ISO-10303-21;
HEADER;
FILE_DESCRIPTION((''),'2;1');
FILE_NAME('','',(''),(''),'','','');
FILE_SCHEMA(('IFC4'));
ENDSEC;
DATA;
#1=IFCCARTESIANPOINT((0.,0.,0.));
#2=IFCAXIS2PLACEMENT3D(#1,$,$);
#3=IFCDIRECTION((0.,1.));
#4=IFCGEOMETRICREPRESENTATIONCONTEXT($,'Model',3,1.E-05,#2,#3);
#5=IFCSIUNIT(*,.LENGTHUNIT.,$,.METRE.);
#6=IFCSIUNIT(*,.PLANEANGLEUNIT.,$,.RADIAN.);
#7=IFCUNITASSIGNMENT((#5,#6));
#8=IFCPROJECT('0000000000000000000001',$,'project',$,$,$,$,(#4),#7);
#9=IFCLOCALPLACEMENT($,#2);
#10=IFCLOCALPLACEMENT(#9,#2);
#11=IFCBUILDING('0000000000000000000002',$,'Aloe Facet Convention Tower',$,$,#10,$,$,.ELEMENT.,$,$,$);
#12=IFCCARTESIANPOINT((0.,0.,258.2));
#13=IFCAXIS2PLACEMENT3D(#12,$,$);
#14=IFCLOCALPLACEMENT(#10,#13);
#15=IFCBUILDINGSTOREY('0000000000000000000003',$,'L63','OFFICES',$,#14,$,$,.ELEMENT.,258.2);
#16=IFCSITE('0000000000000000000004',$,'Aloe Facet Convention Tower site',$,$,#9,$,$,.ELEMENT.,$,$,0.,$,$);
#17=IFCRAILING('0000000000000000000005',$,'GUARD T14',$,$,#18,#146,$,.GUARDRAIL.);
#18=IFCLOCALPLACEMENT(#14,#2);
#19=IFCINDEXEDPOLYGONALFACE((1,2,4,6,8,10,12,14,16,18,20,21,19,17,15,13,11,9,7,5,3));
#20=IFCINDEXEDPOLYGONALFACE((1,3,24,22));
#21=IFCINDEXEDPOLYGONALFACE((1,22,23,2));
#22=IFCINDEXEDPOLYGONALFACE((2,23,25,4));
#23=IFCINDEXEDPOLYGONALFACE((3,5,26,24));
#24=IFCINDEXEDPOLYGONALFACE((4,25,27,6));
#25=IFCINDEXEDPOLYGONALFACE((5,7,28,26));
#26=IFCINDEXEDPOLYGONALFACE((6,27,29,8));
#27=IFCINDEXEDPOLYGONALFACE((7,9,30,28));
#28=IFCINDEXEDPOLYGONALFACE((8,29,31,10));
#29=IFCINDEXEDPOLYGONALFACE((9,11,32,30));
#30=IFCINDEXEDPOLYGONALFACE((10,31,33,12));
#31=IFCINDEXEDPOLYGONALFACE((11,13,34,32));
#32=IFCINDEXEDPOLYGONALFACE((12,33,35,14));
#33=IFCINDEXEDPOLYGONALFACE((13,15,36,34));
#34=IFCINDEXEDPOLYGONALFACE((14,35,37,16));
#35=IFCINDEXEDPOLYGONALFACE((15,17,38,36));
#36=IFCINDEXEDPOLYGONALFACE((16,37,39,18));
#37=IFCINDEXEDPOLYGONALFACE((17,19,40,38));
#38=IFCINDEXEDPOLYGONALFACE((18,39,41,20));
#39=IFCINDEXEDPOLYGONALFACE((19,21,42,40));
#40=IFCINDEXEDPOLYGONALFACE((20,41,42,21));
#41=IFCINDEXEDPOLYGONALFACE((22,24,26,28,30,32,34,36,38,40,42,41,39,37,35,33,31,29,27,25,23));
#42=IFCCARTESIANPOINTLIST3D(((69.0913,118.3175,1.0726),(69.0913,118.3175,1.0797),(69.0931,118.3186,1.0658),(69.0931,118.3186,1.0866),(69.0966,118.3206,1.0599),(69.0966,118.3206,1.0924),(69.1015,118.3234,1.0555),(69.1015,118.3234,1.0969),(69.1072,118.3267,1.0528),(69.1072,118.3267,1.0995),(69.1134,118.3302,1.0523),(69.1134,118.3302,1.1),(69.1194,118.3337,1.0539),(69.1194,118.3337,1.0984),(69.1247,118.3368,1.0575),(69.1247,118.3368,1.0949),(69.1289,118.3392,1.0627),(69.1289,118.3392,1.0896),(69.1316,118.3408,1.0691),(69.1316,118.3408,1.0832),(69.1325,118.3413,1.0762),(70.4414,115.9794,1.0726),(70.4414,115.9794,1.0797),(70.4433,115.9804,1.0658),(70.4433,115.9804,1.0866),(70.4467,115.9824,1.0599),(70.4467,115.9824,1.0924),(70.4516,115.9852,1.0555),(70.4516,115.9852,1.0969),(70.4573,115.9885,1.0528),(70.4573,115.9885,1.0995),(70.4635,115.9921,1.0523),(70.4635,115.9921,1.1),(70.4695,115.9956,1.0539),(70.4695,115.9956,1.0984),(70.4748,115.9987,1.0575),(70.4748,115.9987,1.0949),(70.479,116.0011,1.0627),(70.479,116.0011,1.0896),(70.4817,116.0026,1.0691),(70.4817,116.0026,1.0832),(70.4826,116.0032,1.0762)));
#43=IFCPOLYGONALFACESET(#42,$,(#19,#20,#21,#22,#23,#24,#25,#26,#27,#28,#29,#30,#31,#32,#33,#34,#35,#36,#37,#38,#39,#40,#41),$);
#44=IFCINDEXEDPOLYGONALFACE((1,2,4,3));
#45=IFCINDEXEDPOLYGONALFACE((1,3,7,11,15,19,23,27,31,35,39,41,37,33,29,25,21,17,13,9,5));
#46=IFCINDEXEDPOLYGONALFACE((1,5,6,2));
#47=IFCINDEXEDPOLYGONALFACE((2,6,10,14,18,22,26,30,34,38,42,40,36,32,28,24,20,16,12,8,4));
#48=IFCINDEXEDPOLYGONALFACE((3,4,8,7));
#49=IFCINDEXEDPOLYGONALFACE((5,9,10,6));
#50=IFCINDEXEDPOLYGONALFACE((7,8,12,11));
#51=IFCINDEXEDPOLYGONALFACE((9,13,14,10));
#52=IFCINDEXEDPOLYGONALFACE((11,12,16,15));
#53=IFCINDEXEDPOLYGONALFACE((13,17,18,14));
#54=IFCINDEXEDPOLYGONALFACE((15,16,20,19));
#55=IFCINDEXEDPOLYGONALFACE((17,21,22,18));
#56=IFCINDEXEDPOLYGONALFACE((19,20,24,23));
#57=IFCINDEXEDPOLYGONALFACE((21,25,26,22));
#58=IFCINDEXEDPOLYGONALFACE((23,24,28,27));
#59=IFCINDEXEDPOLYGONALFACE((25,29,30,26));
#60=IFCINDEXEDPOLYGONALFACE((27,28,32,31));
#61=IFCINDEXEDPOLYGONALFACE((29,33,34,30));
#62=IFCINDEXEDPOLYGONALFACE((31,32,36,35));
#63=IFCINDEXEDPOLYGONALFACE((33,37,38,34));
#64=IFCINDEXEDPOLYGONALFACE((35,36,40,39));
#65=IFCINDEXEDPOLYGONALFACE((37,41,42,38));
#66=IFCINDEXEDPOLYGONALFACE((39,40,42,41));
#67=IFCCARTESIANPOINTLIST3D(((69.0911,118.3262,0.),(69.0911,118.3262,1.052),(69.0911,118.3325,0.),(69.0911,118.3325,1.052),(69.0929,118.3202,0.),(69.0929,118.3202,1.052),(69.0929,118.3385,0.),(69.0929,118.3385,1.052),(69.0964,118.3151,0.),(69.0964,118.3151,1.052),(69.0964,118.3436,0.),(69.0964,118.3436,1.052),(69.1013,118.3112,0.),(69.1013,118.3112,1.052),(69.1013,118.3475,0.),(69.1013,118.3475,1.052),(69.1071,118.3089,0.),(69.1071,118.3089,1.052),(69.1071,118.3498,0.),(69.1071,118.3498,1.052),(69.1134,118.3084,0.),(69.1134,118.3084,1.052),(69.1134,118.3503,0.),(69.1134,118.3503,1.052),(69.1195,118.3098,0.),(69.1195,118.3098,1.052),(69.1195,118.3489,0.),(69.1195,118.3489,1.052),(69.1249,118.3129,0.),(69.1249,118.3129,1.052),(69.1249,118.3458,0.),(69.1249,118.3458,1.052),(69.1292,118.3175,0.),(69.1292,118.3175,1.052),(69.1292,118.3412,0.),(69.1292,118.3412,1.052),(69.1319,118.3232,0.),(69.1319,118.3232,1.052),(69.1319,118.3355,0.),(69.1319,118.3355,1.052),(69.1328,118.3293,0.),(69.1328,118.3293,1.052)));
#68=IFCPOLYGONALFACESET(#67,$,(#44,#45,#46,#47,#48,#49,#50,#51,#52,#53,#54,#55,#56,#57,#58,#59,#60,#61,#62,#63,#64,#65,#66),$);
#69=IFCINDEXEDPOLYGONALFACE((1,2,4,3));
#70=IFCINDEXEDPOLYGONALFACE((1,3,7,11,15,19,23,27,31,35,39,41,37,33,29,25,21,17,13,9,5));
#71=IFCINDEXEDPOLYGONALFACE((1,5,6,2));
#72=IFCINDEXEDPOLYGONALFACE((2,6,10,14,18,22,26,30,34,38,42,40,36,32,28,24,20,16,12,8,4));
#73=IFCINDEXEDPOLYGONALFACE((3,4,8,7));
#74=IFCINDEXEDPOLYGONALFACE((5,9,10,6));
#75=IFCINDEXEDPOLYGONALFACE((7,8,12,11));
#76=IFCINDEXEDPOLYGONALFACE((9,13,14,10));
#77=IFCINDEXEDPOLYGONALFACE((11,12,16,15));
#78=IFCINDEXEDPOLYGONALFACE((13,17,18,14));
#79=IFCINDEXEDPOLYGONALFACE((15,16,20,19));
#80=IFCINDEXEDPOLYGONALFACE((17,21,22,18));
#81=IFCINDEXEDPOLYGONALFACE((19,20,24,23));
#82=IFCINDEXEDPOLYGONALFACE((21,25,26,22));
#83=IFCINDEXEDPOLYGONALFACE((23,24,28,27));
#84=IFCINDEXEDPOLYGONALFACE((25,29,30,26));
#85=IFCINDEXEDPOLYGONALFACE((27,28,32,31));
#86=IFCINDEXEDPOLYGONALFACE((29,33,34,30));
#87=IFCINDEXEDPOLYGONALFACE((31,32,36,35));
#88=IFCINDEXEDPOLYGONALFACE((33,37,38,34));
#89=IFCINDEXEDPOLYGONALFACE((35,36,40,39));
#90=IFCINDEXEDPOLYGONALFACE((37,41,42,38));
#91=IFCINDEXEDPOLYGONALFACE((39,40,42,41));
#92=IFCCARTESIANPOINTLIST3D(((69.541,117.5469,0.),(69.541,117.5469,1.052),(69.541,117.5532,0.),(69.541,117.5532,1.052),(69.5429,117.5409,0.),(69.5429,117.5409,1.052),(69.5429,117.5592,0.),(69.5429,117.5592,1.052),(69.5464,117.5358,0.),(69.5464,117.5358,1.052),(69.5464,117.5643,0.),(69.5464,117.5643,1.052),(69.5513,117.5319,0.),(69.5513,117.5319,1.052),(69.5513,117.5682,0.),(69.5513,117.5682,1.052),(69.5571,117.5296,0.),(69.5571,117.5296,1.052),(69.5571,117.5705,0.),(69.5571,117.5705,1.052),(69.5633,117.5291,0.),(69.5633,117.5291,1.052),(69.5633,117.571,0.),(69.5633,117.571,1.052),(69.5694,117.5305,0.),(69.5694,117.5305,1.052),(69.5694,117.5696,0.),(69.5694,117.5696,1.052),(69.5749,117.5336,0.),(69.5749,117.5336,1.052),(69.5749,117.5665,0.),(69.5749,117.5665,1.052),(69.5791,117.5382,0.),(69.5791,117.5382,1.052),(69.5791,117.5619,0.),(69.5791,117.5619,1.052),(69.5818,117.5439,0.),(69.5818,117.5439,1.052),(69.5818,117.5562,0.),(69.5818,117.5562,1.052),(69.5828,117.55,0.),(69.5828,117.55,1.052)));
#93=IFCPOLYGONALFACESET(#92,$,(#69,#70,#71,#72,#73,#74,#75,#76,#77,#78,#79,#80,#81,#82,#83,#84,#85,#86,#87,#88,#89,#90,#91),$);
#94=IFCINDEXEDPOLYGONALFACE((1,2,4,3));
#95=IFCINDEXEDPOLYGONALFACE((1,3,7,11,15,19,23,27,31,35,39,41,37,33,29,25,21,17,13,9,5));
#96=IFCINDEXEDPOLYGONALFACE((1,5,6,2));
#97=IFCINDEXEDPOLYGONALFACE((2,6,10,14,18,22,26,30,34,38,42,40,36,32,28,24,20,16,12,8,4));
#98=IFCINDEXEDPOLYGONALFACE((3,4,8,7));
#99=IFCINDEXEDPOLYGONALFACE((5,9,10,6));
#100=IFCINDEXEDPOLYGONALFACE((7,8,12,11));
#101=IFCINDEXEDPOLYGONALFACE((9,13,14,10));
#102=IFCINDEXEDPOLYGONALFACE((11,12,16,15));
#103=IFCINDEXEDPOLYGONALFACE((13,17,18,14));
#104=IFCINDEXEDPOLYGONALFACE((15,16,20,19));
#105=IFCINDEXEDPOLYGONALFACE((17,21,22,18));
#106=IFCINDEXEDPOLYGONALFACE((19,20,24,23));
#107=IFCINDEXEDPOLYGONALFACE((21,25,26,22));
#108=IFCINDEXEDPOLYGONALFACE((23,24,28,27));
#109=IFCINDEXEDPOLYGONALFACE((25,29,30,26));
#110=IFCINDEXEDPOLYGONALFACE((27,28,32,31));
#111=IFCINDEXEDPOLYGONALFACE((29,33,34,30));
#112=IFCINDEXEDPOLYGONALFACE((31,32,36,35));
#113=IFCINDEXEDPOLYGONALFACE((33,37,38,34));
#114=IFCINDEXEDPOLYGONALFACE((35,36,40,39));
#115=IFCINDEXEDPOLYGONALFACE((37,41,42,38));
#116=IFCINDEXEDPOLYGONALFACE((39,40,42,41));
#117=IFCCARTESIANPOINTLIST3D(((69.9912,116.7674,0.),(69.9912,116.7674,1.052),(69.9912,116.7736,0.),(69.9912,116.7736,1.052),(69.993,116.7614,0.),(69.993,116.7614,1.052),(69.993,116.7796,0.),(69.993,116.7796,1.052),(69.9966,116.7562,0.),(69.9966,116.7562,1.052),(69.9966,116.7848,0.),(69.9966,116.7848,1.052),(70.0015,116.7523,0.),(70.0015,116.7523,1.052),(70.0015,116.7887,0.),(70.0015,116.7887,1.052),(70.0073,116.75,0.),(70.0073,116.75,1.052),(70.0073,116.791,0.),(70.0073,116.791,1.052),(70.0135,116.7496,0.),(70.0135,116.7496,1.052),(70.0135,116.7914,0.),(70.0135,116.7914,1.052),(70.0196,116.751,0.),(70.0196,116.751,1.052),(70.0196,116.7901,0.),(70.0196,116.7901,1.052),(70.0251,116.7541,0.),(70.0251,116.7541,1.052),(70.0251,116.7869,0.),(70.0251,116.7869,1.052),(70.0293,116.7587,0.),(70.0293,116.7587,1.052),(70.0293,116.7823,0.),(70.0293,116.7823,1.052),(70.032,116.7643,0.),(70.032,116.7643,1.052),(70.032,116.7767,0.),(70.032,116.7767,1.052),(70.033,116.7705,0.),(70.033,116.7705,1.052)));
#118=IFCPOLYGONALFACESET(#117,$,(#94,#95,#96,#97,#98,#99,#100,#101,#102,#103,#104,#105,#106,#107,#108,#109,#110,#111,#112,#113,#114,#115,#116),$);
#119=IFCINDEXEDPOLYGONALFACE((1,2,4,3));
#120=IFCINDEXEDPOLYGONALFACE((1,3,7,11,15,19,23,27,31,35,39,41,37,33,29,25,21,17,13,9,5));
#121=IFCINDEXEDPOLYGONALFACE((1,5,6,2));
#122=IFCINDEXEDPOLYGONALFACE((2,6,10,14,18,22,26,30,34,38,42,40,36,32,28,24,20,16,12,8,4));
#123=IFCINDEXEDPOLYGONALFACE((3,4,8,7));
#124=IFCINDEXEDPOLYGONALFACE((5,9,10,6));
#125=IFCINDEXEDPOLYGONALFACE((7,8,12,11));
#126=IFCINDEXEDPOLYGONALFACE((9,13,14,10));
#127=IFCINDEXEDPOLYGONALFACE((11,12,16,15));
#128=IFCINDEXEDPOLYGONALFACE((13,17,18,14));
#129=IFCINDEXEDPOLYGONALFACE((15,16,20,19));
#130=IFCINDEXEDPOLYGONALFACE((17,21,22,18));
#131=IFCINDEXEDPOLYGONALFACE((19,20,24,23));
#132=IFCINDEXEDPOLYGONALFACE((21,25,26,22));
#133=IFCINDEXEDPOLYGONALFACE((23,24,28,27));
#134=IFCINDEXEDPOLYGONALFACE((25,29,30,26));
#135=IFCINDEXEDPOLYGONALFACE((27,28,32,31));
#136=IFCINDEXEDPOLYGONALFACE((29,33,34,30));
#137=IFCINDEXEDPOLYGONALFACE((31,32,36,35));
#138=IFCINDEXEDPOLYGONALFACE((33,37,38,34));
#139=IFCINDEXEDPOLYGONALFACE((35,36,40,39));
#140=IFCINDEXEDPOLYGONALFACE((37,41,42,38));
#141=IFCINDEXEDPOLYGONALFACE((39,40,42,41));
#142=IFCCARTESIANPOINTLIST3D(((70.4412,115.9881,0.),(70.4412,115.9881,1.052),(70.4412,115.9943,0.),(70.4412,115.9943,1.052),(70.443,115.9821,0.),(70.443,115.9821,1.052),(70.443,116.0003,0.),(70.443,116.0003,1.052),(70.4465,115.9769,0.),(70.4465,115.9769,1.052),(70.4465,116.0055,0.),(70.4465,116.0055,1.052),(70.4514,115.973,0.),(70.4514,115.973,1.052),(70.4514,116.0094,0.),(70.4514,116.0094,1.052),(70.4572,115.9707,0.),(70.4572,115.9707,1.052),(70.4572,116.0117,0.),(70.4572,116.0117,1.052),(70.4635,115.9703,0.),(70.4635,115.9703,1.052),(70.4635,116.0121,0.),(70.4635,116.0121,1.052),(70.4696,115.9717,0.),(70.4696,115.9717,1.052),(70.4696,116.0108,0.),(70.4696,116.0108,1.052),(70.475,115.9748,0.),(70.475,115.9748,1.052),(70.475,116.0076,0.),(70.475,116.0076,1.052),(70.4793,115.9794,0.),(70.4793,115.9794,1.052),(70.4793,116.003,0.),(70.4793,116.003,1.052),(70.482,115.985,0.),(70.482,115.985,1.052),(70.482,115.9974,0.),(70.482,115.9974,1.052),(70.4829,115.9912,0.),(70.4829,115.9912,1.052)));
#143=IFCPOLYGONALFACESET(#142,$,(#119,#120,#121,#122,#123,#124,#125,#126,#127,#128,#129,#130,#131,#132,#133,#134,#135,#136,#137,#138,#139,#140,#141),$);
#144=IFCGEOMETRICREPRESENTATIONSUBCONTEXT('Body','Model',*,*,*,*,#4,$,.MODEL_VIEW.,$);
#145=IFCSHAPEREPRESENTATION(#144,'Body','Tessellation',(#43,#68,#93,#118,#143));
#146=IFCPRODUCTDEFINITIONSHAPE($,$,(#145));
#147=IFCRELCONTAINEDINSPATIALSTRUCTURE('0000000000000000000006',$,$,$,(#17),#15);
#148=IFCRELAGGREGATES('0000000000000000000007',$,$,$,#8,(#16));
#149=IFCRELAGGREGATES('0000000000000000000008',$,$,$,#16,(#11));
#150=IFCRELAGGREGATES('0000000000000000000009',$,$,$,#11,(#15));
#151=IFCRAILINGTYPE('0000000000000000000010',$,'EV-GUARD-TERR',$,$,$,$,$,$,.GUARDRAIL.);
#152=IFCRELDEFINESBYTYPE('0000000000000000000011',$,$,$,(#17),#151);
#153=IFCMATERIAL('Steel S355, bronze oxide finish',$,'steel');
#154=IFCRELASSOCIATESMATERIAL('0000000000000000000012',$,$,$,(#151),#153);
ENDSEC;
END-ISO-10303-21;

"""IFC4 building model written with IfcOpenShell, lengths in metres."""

from ifc_helpers import new_model, si_unit, direction, frame, origin, origin_2d, place, context, subcontext, project, spatial, circle, extrude, material, type_object, element, save


model = new_model("IFC4")

# Units and contexts
model_context = context("Model", 3, precision=1e-05, world=origin(), true_north=direction((0.0, 1.0)))
body_context = subcontext(model_context, "Body", "Model", "MODEL_VIEW")
ifc_project = project(units=[si_unit("LENGTHUNIT", "METRE"), si_unit("PLANEANGLEUNIT", "RADIAN")], contexts=[model_context])

# Site, building, storey
site_placement = place(None, origin())
site = spatial("IfcSite", under=ifc_project, at=site_placement, Name="Aloe Facet Convention Tower site", CompositionType="ELEMENT", RefElevation=0.0)
building_placement = place(site_placement, origin())
building = spatial("IfcBuilding", under=site, at=building_placement, Name="Aloe Facet Convention Tower", CompositionType="ELEMENT")
storey_placement = place(building_placement, frame((0.0, 0.0, 258.2)))
storey = spatial("IfcBuildingStorey", under=building, at=storey_placement, Name="L63", Description="OFFICES", CompositionType="ELEMENT", Elevation=258.2)

# Railing
ifc_material_1 = material(Name="Steel S355, bronze oxide finish", Category="steel")
railing_type = type_object("IfcRailingType", Name="EV-GUARD-TERR", PredefinedType="GUARDRAIL", material=ifc_material_1)
railing_placement = place(storey_placement, frame((69.1118, 118.3293, 0.0)))
element("IfcRailing", 1, at=railing_placement, inside=storey, type_object=railing_type, Name="GUARD T14", PredefinedType="GUARDRAIL", context=body_context, shape_type="SweptSolid", body=[
    extrude(circle(Radius=0.0239, at=origin_2d()), frame((0.0, 0.0, 1.0762), z_axis=(0.500049, -0.865997, 0.0), x_axis=(0.865997, 0.500049, 0.0)), (0.0, 0.0, 1.0), 2.7),
    extrude(circle(Radius=0.021, at=origin_2d()), origin(), (0.0, 0.0, 1.0), 1.052),
    extrude(circle(Radius=0.021, at=origin_2d()), frame((0.45, -0.7793, 0.0)), (0.0, 0.0, 1.0), 1.052),
    extrude(circle(Radius=0.021, at=origin_2d()), frame((0.9001, -1.5588, 0.0)), (0.0, 0.0, 1.0), 1.052),
    extrude(circle(Radius=0.021, at=origin_2d()), frame((1.3501, -2.3381, 0.0)), (0.0, 0.0, 1.0), 1.052),
])

save(model, "model.ifc")
